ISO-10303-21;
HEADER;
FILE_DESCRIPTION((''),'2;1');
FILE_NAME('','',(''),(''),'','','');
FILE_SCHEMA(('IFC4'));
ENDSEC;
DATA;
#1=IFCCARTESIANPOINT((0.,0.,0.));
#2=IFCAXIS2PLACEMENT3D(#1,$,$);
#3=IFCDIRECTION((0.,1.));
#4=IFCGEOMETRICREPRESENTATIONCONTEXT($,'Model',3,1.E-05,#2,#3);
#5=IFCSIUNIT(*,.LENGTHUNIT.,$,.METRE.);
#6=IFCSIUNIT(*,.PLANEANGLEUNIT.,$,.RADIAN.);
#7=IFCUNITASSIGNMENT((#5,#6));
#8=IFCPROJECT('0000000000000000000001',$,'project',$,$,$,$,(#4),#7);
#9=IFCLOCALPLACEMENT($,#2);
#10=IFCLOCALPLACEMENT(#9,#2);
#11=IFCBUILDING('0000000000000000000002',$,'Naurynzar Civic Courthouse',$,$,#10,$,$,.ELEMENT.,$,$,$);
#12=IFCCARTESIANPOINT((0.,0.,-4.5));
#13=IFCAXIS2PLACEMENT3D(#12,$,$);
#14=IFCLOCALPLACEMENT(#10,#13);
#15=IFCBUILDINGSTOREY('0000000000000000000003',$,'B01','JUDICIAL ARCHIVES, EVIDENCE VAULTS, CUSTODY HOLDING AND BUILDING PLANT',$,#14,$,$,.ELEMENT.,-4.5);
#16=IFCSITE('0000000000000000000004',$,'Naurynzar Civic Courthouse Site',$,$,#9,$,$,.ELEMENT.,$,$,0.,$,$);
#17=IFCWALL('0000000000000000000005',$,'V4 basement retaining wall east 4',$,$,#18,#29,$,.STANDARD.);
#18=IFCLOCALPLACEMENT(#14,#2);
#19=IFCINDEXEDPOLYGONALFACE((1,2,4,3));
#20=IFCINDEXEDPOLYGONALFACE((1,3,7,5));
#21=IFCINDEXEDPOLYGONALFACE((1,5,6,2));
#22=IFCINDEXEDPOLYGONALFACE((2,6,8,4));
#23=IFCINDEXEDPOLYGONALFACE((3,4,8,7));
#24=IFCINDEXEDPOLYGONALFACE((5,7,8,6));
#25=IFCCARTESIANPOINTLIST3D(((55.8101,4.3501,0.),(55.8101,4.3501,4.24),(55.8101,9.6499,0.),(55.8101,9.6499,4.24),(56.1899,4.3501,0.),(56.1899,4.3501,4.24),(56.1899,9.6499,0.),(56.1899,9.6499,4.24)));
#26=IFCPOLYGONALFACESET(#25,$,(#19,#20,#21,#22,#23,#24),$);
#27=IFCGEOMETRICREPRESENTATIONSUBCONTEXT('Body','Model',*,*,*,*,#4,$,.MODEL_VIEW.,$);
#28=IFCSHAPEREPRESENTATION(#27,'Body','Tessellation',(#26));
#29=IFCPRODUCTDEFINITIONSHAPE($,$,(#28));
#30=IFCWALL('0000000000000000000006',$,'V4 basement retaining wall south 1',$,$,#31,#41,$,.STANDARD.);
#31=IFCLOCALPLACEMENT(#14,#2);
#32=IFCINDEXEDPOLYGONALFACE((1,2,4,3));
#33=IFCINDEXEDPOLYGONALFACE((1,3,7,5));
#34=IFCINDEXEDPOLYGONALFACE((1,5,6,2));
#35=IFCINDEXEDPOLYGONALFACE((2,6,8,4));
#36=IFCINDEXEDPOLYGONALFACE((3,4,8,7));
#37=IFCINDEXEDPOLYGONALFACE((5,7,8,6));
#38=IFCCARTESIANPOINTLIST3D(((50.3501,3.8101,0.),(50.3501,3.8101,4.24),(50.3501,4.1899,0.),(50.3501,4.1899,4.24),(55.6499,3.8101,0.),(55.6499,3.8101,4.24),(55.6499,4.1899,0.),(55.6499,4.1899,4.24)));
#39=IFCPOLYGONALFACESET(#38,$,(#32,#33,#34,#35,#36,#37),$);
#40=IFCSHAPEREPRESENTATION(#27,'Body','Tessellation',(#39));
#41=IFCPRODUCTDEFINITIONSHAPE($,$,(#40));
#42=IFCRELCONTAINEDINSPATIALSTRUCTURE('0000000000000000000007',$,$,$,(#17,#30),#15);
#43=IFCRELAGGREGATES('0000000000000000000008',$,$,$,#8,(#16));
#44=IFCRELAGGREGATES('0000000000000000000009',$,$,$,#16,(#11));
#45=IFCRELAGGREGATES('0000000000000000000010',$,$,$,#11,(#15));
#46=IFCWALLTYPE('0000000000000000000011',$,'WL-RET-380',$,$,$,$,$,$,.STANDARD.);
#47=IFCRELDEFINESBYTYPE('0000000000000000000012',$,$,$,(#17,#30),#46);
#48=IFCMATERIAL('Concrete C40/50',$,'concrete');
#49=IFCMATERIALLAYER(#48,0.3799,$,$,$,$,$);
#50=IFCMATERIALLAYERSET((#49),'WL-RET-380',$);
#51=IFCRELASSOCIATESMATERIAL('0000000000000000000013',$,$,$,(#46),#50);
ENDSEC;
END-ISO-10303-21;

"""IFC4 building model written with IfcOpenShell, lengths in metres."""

from ifc_helpers import new_model, si_unit, direction, frame, frame_2d, origin, place, context, subcontext, project, spatial, rectangle, extrude, material, layer, layer_set, type_object, element, save


model = new_model("IFC4")

# Units and contexts
model_context = context("Model", 3, precision=1e-05, world=origin(), true_north=direction((0.0, 1.0)))
body_context = subcontext(model_context, "Body", "Model", "MODEL_VIEW")
ifc_project = project(units=[si_unit("LENGTHUNIT", "METRE"), si_unit("PLANEANGLEUNIT", "RADIAN")], contexts=[model_context])

# Site, building, storey
site_placement = place(None, origin())
site = spatial("IfcSite", under=ifc_project, at=site_placement, Name="Naurynzar Civic Courthouse Site", CompositionType="ELEMENT", RefElevation=0.0)
building_placement = place(site_placement, origin())
building = spatial("IfcBuilding", under=site, at=building_placement, Name="Naurynzar Civic Courthouse", CompositionType="ELEMENT")
storey_placement = place(building_placement, frame((0.0, 0.0, -4.5)))
storey = spatial("IfcBuildingStorey", under=building, at=storey_placement, Name="B01", Description="JUDICIAL ARCHIVES, EVIDENCE VAULTS, CUSTODY HOLDING AND BUILDING PLANT", CompositionType="ELEMENT", Elevation=-4.5)

# Walls
ifc_material_1 = material(Name="Concrete C40/50", Category="concrete")
ifc_layer = layer(ifc_material_1, 0.3799)
ifc_layer_set = layer_set([ifc_layer], Name="WL-RET-380")
wall_type = type_object("IfcWallType", Name="WL-RET-380", PredefinedType="STANDARD", material=ifc_layer_set)
for number, where, z_axis, x_axis, name in (
    (1, (56.0, 9.6499, 0.0), (0.0, 0.0, 1.0), (0.0, -1.0, 0.0), "V4 basement retaining wall east 4"),
    (2, (55.6499, 4.0, 0.0), (0.0, 0.0, 1.0), (-1.0, 0.0, 0.0), "V4 basement retaining wall south 1"),
):
    element("IfcWall", number, at=place(storey_placement, frame(where, z_axis=z_axis, x_axis=x_axis)), inside=storey, type_object=wall_type, Name=name, PredefinedType="STANDARD", context=body_context, shape_type="SweptSolid", body=[
        extrude(rectangle(XDim=5.2998, YDim=0.3799, at=frame_2d((2.6499, 0.0))), origin(), (0.0, 0.0, 1.0), 4.24),
    ])

save(model, "model.ifc")
